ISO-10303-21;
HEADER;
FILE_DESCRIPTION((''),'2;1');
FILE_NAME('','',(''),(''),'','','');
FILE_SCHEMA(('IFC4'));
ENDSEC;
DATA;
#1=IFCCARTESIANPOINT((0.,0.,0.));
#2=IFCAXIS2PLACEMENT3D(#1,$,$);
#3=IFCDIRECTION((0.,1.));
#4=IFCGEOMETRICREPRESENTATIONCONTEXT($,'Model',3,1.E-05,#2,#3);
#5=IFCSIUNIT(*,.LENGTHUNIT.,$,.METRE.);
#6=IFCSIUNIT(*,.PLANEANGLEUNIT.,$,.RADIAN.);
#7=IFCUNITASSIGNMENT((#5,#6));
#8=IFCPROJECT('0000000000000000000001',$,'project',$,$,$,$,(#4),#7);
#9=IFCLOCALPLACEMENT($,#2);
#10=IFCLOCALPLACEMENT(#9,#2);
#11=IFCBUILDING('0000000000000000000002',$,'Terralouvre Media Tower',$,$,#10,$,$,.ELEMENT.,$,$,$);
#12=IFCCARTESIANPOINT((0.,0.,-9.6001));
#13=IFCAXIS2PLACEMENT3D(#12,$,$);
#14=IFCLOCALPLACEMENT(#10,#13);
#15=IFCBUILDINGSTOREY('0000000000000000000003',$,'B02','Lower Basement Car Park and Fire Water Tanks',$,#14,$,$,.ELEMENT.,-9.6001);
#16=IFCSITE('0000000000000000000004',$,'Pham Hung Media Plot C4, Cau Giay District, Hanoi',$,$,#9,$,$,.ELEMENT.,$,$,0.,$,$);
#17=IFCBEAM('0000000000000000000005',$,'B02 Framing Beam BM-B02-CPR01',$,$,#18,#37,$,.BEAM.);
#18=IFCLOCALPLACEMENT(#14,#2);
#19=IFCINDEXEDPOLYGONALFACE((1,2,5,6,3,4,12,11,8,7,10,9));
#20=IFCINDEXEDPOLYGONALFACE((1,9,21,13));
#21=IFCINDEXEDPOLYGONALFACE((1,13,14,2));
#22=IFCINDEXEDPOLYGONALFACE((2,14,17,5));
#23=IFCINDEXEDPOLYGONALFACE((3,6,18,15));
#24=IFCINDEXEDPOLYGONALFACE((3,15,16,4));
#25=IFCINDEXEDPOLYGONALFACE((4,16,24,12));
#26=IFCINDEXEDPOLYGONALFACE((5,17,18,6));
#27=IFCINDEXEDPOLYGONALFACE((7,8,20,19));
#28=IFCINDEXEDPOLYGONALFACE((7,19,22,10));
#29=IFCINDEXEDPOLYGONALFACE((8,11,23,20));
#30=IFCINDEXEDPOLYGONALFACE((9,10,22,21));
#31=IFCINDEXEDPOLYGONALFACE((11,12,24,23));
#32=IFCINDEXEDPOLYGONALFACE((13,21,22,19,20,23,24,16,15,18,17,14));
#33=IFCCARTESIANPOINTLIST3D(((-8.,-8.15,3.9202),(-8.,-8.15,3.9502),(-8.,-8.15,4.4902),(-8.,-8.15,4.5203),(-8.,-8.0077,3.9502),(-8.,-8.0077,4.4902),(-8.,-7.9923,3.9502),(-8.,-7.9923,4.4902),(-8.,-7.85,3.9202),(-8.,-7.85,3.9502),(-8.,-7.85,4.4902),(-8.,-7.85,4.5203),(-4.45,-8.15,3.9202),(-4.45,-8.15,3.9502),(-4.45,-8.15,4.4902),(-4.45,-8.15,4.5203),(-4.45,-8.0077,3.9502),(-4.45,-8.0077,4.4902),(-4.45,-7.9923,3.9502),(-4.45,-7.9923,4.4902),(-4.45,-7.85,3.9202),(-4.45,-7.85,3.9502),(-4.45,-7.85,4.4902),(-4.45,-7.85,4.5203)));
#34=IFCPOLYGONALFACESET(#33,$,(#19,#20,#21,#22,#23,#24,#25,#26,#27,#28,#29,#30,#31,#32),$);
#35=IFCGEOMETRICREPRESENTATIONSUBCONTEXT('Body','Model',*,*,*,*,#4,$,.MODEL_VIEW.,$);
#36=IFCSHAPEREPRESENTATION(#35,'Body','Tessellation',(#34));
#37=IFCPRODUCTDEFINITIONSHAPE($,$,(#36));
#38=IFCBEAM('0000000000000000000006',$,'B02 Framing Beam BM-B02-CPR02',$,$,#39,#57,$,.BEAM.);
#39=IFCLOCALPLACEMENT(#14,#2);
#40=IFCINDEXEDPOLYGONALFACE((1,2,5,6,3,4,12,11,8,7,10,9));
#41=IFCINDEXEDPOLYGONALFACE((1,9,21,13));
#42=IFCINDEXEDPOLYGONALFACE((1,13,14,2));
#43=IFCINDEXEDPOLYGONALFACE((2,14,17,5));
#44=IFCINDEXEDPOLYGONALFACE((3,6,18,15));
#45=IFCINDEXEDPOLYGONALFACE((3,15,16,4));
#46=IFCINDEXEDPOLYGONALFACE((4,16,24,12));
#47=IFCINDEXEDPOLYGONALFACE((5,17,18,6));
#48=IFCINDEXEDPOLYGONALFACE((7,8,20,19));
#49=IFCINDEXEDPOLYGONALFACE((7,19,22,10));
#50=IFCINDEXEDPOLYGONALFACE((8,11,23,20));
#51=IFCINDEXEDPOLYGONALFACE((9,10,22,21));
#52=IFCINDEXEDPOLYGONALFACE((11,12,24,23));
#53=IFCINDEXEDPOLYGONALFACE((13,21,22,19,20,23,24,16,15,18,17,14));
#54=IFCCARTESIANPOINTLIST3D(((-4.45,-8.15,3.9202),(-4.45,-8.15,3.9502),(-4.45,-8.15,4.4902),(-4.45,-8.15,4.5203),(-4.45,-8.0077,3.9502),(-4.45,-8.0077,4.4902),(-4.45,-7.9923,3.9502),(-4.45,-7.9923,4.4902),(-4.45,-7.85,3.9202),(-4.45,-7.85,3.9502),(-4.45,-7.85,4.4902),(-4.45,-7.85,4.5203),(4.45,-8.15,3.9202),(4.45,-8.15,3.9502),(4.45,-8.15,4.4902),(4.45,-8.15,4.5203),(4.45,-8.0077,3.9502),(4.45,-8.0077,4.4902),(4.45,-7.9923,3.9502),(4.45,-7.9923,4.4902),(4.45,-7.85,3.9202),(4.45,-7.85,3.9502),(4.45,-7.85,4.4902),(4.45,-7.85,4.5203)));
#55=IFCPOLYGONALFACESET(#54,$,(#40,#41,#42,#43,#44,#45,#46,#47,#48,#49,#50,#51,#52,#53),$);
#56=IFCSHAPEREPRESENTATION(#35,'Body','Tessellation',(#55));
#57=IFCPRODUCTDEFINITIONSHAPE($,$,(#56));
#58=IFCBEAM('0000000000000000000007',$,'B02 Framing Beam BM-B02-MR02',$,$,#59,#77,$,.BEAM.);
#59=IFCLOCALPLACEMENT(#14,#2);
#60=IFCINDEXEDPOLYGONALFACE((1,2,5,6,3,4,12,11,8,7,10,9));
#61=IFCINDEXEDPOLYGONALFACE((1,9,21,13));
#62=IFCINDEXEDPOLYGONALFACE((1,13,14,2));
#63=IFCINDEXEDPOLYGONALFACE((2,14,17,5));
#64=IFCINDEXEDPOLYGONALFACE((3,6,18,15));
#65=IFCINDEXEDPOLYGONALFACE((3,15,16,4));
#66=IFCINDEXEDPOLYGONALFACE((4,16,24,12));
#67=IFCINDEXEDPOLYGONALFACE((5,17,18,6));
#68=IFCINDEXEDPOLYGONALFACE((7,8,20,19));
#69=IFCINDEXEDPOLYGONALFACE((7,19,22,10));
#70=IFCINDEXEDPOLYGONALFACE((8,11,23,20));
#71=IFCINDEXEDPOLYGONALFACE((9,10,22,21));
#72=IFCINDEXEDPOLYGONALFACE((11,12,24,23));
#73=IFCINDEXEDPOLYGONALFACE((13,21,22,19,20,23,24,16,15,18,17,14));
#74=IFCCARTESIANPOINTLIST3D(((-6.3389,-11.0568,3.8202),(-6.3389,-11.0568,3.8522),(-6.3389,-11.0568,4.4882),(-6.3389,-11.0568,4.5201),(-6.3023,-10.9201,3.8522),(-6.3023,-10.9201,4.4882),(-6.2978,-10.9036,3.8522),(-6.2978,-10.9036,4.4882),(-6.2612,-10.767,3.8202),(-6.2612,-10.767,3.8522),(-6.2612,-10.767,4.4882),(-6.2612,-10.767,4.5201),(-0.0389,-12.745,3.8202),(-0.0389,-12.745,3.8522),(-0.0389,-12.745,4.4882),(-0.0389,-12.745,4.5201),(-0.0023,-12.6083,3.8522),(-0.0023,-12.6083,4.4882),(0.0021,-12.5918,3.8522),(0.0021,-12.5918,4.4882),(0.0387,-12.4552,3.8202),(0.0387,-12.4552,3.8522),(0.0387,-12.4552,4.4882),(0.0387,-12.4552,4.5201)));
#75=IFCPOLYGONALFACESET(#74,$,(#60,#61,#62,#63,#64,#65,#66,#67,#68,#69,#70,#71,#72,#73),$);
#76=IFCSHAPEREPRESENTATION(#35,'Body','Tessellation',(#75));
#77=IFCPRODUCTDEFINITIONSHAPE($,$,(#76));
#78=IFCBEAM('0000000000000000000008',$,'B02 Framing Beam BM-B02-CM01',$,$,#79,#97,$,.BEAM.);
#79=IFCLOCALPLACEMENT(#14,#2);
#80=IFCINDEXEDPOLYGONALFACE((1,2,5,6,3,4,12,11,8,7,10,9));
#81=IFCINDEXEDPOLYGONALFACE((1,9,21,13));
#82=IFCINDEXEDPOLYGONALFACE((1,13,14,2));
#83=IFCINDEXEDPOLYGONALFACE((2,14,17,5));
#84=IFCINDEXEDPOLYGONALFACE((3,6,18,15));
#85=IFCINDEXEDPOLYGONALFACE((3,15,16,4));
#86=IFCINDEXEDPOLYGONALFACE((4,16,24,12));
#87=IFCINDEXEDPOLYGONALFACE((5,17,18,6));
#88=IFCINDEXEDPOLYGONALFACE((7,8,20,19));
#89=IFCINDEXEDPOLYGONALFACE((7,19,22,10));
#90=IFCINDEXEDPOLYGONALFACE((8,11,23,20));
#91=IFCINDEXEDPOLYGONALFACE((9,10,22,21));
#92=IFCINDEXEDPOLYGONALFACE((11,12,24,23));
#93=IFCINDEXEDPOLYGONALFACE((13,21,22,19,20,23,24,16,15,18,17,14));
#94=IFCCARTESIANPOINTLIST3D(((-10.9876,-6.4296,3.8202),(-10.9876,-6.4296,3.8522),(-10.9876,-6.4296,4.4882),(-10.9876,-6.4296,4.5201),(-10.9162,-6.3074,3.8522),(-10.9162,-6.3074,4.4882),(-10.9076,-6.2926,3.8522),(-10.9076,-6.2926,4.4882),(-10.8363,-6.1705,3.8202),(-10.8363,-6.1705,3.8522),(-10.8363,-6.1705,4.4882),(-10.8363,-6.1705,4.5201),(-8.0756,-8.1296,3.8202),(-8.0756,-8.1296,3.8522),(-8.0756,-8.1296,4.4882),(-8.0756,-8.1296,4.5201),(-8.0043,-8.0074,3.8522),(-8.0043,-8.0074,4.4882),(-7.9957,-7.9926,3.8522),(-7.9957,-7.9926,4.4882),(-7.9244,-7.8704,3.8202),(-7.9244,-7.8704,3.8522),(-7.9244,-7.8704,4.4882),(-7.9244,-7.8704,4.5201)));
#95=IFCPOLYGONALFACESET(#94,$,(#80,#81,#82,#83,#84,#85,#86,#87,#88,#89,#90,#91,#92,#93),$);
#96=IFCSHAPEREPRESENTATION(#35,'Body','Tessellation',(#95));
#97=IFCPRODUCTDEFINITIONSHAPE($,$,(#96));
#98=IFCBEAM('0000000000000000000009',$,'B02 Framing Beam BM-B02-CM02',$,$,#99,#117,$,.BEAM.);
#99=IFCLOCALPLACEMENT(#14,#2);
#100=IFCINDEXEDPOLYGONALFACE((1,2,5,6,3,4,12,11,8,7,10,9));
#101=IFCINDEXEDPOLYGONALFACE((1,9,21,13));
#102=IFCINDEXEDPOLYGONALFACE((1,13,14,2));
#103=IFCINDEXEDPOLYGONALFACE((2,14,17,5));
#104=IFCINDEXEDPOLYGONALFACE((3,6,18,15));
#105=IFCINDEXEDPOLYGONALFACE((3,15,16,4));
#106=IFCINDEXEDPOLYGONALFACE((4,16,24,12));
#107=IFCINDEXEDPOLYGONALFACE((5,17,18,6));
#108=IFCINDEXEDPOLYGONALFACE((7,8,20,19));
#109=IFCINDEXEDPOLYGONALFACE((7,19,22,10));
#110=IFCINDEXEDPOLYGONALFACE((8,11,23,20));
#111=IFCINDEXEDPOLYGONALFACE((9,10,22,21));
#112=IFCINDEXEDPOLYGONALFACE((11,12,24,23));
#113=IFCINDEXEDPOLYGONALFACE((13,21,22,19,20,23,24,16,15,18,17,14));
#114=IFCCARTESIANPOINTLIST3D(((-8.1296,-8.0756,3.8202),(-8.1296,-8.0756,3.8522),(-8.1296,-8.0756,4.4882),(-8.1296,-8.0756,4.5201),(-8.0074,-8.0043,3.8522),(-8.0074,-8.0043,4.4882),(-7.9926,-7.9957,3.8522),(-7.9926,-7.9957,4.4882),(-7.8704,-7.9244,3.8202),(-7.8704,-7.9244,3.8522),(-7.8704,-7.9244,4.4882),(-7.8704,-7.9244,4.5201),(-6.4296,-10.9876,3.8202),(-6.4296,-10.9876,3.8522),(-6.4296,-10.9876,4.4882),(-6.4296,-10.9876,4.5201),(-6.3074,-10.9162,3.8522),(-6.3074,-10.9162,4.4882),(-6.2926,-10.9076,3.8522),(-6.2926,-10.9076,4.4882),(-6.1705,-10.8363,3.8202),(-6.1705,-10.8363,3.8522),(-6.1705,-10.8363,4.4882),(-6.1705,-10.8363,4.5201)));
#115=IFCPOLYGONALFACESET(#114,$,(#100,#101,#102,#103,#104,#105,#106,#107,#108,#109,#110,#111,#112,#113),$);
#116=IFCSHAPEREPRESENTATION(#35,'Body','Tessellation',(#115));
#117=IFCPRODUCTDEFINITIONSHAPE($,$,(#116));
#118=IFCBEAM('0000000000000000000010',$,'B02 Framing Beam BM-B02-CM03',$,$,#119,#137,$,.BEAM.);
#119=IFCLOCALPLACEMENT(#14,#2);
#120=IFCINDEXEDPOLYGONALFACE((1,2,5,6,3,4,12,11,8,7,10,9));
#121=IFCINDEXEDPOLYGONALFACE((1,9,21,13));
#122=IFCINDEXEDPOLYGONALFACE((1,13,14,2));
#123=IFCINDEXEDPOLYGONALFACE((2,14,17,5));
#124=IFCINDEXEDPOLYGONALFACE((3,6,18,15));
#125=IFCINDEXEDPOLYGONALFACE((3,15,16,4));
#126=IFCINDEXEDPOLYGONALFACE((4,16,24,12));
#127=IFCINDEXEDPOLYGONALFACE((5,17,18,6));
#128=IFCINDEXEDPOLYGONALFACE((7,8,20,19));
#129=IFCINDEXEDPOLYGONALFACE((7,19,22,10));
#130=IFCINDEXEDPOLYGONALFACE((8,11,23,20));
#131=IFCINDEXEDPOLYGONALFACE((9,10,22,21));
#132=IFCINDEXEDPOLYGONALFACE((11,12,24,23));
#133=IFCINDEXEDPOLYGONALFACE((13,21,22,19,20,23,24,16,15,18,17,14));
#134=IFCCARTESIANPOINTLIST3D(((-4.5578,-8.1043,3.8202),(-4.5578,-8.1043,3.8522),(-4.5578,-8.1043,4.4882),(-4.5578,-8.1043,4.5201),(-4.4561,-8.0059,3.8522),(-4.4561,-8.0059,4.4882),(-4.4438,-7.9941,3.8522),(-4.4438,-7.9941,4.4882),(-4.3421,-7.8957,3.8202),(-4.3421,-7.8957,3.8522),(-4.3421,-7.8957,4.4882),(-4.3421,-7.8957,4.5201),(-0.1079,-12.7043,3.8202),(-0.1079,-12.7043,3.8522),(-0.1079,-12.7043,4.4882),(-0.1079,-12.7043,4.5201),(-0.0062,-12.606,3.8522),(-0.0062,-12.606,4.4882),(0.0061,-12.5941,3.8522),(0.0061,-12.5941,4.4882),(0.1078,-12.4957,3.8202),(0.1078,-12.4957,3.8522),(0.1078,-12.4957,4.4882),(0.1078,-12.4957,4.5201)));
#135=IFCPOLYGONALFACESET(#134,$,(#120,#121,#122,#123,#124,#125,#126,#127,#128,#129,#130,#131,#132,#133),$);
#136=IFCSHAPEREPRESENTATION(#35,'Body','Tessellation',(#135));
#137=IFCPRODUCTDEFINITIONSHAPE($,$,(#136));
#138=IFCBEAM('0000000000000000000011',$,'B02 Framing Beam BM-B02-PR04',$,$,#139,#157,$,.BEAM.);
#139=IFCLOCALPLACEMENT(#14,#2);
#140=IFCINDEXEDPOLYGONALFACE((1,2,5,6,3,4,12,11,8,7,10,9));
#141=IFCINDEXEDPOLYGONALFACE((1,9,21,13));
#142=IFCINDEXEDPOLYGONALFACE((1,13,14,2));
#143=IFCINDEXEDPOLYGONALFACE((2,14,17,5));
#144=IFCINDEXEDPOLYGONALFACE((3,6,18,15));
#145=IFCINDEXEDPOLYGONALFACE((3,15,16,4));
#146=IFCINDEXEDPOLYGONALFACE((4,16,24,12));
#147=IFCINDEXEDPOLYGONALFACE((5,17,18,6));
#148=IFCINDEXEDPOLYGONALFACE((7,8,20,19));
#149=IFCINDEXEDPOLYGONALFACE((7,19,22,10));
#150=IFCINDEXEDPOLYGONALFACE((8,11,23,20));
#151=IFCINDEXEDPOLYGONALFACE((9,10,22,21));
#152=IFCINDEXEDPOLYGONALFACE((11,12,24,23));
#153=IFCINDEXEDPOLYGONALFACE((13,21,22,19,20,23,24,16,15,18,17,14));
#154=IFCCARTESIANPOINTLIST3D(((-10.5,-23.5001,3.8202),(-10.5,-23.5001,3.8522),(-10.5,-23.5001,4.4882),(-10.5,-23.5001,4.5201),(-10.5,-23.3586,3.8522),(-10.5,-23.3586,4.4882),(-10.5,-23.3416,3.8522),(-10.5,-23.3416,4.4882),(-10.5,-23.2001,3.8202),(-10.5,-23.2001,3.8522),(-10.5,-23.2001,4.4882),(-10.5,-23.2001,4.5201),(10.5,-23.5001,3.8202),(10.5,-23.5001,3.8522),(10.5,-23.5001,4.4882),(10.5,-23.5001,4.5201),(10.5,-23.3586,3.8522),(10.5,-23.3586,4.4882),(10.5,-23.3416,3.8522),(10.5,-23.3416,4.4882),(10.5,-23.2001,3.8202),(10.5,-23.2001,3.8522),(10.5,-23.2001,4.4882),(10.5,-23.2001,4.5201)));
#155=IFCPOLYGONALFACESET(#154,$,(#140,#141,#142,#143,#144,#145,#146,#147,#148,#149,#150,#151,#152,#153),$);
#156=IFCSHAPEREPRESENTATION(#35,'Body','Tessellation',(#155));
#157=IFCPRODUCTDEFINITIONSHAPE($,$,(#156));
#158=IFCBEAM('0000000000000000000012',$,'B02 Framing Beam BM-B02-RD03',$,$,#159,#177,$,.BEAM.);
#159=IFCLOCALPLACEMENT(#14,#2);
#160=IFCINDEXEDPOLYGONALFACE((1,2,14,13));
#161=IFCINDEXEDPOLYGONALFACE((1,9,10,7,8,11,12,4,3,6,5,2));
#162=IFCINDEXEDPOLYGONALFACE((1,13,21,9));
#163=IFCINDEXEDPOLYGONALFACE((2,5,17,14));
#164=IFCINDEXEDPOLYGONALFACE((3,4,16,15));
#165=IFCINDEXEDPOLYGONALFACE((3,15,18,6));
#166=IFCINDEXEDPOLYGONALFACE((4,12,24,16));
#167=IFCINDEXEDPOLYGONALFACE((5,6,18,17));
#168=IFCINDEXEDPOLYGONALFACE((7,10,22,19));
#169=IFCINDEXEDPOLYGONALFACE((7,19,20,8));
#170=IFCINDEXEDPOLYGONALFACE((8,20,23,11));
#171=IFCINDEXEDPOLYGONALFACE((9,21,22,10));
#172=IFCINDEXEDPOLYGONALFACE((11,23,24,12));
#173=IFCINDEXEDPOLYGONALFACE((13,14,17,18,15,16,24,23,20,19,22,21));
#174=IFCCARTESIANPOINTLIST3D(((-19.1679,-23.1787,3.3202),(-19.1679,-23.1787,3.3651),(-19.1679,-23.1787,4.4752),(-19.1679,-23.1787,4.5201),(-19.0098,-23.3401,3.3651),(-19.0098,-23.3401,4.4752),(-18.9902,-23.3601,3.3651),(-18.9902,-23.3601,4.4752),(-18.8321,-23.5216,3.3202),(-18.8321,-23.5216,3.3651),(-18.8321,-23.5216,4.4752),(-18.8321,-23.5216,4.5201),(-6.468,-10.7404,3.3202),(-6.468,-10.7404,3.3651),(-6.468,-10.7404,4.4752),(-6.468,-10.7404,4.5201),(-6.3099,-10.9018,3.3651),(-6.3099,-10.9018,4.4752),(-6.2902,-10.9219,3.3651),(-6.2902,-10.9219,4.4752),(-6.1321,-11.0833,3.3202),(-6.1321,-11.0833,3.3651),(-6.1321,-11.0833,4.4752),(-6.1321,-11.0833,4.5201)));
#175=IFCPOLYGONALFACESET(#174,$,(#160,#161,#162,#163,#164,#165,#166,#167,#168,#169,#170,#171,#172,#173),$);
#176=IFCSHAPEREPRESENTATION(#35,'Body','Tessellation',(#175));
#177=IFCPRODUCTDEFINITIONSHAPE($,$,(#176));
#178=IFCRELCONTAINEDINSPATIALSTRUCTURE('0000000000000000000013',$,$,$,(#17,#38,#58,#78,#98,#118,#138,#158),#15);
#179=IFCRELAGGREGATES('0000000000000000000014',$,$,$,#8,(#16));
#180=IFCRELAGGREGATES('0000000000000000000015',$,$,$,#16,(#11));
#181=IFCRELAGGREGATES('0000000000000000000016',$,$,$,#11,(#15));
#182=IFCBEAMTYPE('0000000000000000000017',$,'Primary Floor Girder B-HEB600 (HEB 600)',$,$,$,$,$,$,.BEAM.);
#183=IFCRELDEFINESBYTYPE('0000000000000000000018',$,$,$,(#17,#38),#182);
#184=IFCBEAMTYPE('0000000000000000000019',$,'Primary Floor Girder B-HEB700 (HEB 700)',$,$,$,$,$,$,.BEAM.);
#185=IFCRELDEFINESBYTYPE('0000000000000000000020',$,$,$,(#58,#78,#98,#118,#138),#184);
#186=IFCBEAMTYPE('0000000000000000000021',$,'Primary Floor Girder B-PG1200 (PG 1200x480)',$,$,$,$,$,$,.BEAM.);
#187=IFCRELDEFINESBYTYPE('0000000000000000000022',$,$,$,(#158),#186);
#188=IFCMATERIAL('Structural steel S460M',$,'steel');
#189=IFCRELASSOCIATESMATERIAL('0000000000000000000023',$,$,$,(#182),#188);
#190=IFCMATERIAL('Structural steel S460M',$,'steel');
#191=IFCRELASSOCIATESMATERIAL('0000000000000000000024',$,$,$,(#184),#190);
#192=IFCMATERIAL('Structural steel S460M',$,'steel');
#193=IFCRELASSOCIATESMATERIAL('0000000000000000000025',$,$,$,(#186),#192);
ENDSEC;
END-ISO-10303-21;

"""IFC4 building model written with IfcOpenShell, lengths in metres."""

from ifc_helpers import new_model, si_unit, direction, frame, origin, origin_2d, place, context, subcontext, project, spatial, i_section, extrude, material, material_profile, profile_set, type_object, element, save


model = new_model("IFC4")

# Units and contexts
model_context = context("Model", 3, precision=1e-05, world=origin(), true_north=direction((0.0, 1.0)))
body_context = subcontext(model_context, "Body", "Model", "MODEL_VIEW")
ifc_project = project(units=[si_unit("LENGTHUNIT", "METRE"), si_unit("PLANEANGLEUNIT", "RADIAN")], contexts=[model_context])

# Site, building, storey
site_placement = place(None, origin())
site = spatial("IfcSite", under=ifc_project, at=site_placement, Name="Pham Hung Media Plot C4, Cau Giay District, Hanoi", CompositionType="ELEMENT", RefElevation=0.0)
building_placement = place(site_placement, origin())
building = spatial("IfcBuilding", under=site, at=building_placement, Name="Terralouvre Media Tower", CompositionType="ELEMENT")
storey_placement = place(building_placement, frame((0.0, 0.0, -9.6001)))
storey = spatial("IfcBuildingStorey", under=building, at=storey_placement, Name="B02", Description="Lower Basement Car Park and Fire Water Tanks", CompositionType="ELEMENT", Elevation=-9.6001)

# Beams
ifc_material_1 = material(Name="Structural steel S460M", Category="steel")
ifc_material_profile_1 = material_profile(ifc_material_1, i_section(OverallWidth=0.3, OverallDepth=0.6001, WebThickness=0.0154, FlangeThickness=0.03, at=origin_2d()), Name="HEB 600")
ifc_profile_set_1 = profile_set([ifc_material_profile_1], Name="Structural steel S460M")
beam_type_1 = type_object("IfcBeamType", Name="Primary Floor Girder B-HEB600 (HEB 600)", PredefinedType="BEAM", material=ifc_profile_set_1)
beam_1_placement = place(storey_placement, frame((-8.0, -8.0, 4.2202), z_axis=(1.0, 0.0, 0.0), x_axis=(0.0, 1.0, 0.0)))
element("IfcBeam", 1, at=beam_1_placement, inside=storey, type_object=beam_type_1, Name="B02 Framing Beam BM-B02-CPR01", PredefinedType="BEAM", context=body_context, shape_type="SweptSolid", body=[
    extrude(i_section(OverallWidth=0.3, OverallDepth=0.6001, WebThickness=0.0154, FlangeThickness=0.03, at=origin_2d()), origin(), (0.0, 0.0, 1.0), 3.55),
])
beam_2_placement = place(storey_placement, frame((-4.45, -8.0, 4.2202), z_axis=(1.0, 0.0, 0.0), x_axis=(0.0, 1.0, 0.0)))
element("IfcBeam", 2, at=beam_2_placement, inside=storey, type_object=beam_type_1, Name="B02 Framing Beam BM-B02-CPR02", PredefinedType="BEAM", context=body_context, shape_type="SweptSolid", body=[
    extrude(i_section(OverallWidth=0.3, OverallDepth=0.6001, WebThickness=0.0154, FlangeThickness=0.03, at=origin_2d()), origin(), (0.0, 0.0, 1.0), 8.8999),
])
ifc_material_2 = material(Name="Structural steel S460M", Category="steel")
ifc_material_profile_2 = material_profile(ifc_material_2, i_section(OverallWidth=0.3, OverallDepth=0.7, WebThickness=0.0171, FlangeThickness=0.032, at=origin_2d()), Name="HEB 700")
ifc_profile_set_2 = profile_set([ifc_material_profile_2], Name="Structural steel S460M")
beam_type_2 = type_object("IfcBeamType", Name="Primary Floor Girder B-HEB700 (HEB 700)", PredefinedType="BEAM", material=ifc_profile_set_2)
beam_3_placement = place(storey_placement, frame((-6.3, -10.9119, 4.1702), z_axis=(0.96592, -0.258839, 0.0), x_axis=(0.258839, 0.96592, 0.0)))
element("IfcBeam", 3, at=beam_3_placement, inside=storey, type_object=beam_type_2, Name="B02 Framing Beam BM-B02-MR02", PredefinedType="BEAM", context=body_context, shape_type="SweptSolid", body=[
    extrude(i_section(OverallWidth=0.3, OverallDepth=0.7, WebThickness=0.0171, FlangeThickness=0.032, at=origin_2d()), origin(), (0.0, 0.0, 1.0), 6.5222),
])
for number, where, z_axis, x_axis, name in (
    (4, (-8.0, -8.0, 4.1702), (-0.863603, 0.504173, 0.0), (-0.504173, -0.863603, 0.0), "B02 Framing Beam BM-B02-CM01"),
    (5, (-8.0, -8.0, 4.1702), (0.504173, -0.863603, 0.0), (0.863603, 0.504173, 0.0), "B02 Framing Beam BM-B02-CM02"),
):
    element("IfcBeam", number, at=place(storey_placement, frame(where, z_axis=z_axis, x_axis=x_axis)), inside=storey, type_object=beam_type_2, Name=name, PredefinedType="BEAM", context=body_context, shape_type="SweptSolid", body=[
        extrude(i_section(OverallWidth=0.3, OverallDepth=0.7, WebThickness=0.0171, FlangeThickness=0.032, at=origin_2d()), origin(), (0.0, 0.0, 1.0), 3.3718),
    ])
beam_4_placement = place(storey_placement, frame((-4.45, -8.0, 4.1702), z_axis=(0.69528, -0.718739, 0.0), x_axis=(0.718739, 0.69528, 0.0)))
element("IfcBeam", 6, at=beam_4_placement, inside=storey, type_object=beam_type_2, Name="B02 Framing Beam BM-B02-CM03", PredefinedType="BEAM", context=body_context, shape_type="SweptSolid", body=[
    extrude(i_section(OverallWidth=0.3, OverallDepth=0.7, WebThickness=0.0171, FlangeThickness=0.032, at=origin_2d()), origin(), (0.0, 0.0, 1.0), 6.4001),
])
beam_5_placement = place(storey_placement, frame((-10.5, -23.3501, 4.1702), z_axis=(1.0, 0.0, 0.0), x_axis=(0.0, 1.0, 0.0)))
element("IfcBeam", 7, at=beam_5_placement, inside=storey, type_object=beam_type_2, Name="B02 Framing Beam BM-B02-PR04", PredefinedType="BEAM", context=body_context, shape_type="SweptSolid", body=[
    extrude(i_section(OverallWidth=0.3, OverallDepth=0.7, WebThickness=0.0171, FlangeThickness=0.032, at=origin_2d()), origin(), (0.0, 0.0, 1.0), 21.0),
])
ifc_material_3 = material(Name="Structural steel S460M", Category="steel")
ifc_material_profile_3 = material_profile(ifc_material_3, i_section(OverallWidth=0.48, OverallDepth=1.2, WebThickness=0.0281, FlangeThickness=0.0449, at=origin_2d()), Name="PG 1200x480")
ifc_profile_set_3 = profile_set([ifc_material_profile_3], Name="Structural steel S460M")
beam_type_3 = type_object("IfcBeamType", Name="Primary Floor Girder B-PG1200 (PG 1200x480)", PredefinedType="BEAM", material=ifc_profile_set_3)
beam_6_placement = place(storey_placement, frame((-6.3, -10.9119, 3.9202), z_axis=(-0.71443, -0.699707, 0.0), x_axis=(0.699707, -0.71443, 0.0)))
element("IfcBeam", 8, at=beam_6_placement, inside=storey, type_object=beam_type_3, Name="B02 Framing Beam BM-B02-RD03", PredefinedType="BEAM", context=body_context, shape_type="SweptSolid", body=[
    extrude(i_section(OverallWidth=0.48, OverallDepth=1.2, WebThickness=0.0281, FlangeThickness=0.0449, at=origin_2d()), origin(), (0.0, 0.0, 1.0), 17.7764),
])

save(model, "model.ifc")
